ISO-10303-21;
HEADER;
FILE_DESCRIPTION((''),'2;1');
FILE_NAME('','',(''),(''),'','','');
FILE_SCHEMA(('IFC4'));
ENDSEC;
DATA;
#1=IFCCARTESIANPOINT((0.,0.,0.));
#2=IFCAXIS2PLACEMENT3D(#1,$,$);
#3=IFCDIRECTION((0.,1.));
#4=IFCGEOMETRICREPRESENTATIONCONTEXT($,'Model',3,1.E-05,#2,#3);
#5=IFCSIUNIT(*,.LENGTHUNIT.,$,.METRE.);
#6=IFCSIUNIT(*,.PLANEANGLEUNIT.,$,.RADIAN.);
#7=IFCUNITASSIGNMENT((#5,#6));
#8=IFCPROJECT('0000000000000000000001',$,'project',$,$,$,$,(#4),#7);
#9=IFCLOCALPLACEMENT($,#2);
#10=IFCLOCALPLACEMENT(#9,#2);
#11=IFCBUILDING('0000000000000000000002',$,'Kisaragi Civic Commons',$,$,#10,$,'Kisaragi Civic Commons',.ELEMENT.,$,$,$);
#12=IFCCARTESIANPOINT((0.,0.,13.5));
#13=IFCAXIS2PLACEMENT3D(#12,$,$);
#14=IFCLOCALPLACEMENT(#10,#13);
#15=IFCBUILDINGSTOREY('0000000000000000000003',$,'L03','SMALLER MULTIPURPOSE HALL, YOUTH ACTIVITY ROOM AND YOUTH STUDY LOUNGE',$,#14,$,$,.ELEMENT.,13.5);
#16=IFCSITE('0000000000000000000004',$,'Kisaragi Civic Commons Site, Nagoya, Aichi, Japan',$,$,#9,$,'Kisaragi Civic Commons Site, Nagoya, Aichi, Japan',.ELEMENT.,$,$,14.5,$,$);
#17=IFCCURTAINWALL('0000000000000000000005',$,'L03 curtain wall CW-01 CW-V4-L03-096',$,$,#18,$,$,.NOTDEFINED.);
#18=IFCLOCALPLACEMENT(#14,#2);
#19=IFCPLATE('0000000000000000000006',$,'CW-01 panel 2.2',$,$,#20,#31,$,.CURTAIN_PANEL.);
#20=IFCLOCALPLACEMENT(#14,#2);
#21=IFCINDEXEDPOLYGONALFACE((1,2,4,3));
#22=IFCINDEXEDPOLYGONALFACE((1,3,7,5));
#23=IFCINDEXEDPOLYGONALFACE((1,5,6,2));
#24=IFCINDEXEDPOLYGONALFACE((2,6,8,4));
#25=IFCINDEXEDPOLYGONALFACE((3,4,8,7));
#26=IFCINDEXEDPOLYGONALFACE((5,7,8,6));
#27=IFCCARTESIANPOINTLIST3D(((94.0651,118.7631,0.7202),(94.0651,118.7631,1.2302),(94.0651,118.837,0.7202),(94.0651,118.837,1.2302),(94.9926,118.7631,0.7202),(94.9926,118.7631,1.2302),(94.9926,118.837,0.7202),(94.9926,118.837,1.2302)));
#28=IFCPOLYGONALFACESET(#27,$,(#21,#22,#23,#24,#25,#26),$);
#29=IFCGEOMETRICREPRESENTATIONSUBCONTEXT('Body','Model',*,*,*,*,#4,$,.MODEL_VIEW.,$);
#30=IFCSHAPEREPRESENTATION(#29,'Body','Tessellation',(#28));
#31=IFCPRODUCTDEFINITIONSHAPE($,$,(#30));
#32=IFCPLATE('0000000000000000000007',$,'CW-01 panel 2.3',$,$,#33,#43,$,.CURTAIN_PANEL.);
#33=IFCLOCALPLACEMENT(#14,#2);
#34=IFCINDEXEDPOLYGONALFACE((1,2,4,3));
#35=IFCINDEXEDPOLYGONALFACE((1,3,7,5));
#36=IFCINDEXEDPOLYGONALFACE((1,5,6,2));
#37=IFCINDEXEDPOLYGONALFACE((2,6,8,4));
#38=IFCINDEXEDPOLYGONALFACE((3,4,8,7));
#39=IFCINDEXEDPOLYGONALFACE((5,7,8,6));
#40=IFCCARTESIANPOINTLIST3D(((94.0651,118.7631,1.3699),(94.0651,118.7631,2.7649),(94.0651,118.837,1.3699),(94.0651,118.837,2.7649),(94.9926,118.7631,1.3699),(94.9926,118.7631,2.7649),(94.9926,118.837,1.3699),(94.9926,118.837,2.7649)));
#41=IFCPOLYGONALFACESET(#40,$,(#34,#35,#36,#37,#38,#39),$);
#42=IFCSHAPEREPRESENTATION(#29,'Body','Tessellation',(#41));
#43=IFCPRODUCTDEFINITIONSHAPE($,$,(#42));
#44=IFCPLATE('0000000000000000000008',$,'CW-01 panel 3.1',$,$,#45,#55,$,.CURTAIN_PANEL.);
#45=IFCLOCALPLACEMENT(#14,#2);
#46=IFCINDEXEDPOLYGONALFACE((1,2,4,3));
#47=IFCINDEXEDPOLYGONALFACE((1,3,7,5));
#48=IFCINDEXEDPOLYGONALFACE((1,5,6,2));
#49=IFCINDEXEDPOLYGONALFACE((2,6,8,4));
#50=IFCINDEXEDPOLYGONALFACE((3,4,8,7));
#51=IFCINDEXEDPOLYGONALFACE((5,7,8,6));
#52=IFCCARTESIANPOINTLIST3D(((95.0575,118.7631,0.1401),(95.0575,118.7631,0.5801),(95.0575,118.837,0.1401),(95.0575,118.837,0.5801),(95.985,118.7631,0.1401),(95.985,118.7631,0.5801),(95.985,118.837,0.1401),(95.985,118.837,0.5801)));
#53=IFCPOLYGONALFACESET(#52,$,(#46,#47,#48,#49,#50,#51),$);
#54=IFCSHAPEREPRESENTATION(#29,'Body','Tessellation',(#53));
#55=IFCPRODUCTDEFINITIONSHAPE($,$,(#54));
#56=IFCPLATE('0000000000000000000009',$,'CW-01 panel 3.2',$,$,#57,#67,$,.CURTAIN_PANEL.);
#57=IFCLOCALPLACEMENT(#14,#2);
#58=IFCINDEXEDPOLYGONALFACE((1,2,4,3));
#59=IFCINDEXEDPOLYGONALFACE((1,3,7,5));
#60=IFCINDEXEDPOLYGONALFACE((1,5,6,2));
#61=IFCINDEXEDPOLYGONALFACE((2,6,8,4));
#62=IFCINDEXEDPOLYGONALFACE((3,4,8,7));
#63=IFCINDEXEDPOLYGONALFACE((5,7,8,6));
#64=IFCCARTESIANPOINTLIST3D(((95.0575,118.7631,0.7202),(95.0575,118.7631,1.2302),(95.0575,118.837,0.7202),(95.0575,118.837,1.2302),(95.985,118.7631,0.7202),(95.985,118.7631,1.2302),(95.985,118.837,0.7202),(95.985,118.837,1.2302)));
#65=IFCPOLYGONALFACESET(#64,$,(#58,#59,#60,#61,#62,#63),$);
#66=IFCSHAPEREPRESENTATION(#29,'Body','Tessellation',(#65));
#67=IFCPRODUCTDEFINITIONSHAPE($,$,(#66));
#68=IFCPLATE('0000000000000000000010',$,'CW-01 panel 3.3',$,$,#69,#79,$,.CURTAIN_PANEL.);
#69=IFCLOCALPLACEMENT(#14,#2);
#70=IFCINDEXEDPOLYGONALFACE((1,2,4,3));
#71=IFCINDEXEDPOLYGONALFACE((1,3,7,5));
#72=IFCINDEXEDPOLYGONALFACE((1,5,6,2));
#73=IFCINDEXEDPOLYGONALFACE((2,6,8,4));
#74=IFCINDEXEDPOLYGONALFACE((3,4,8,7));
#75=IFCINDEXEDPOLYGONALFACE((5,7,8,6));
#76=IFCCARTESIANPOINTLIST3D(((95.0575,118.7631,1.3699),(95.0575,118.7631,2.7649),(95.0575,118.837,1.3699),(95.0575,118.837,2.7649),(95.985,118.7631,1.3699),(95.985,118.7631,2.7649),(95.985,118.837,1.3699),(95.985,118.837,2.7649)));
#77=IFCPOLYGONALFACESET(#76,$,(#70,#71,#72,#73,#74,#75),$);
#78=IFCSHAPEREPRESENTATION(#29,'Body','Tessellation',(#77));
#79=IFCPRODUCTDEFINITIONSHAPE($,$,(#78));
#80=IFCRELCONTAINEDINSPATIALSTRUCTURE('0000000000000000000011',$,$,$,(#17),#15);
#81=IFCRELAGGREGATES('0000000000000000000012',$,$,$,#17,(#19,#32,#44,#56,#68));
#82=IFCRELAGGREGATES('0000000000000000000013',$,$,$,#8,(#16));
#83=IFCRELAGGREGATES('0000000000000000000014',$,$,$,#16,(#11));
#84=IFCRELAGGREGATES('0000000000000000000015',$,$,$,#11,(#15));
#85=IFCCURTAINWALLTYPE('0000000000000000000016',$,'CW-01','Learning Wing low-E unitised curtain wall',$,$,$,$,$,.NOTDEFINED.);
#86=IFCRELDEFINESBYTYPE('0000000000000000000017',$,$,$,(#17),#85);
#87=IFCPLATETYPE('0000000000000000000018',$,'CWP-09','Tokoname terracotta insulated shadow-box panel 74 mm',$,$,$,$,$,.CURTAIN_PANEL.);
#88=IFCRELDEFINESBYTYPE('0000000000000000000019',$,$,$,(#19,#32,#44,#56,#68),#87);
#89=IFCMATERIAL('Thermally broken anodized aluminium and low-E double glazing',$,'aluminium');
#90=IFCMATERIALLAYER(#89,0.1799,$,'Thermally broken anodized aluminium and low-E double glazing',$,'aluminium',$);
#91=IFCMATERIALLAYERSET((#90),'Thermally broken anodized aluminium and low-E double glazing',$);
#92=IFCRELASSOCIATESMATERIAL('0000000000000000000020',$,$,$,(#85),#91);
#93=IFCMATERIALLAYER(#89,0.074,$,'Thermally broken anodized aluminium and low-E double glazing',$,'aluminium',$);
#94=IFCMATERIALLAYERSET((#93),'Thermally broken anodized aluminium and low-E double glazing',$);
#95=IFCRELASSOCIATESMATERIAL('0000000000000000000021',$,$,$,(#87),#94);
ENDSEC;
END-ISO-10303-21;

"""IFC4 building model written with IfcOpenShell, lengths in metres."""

from ifc_helpers import new_model, si_unit, direction, frame, origin, origin_2d, place, context, subcontext, project, spatial, rectangle, extrude, material, layer, layer_set, type_object, element, aggregate, save


model = new_model("IFC4")

# Units and contexts
model_context = context("Model", 3, precision=1e-05, world=origin(), true_north=direction((0.0, 1.0)))
body_context = subcontext(model_context, "Body", "Model", "MODEL_VIEW")
ifc_project = project(units=[si_unit("LENGTHUNIT", "METRE"), si_unit("PLANEANGLEUNIT", "RADIAN")], contexts=[model_context])

# Site, building, storey
site_placement = place(None, origin())
site = spatial("IfcSite", under=ifc_project, at=site_placement, Name="Kisaragi Civic Commons Site, Nagoya, Aichi, Japan", LongName="Kisaragi Civic Commons Site, Nagoya, Aichi, Japan", CompositionType="ELEMENT", RefElevation=14.5)
building_placement = place(site_placement, origin())
building = spatial("IfcBuilding", under=site, at=building_placement, Name="Kisaragi Civic Commons", LongName="Kisaragi Civic Commons", CompositionType="ELEMENT")
storey_placement = place(building_placement, frame((0.0, 0.0, 13.5)))
storey = spatial("IfcBuildingStorey", under=building, at=storey_placement, Name="L03", Description="SMALLER MULTIPURPOSE HALL, YOUTH ACTIVITY ROOM AND YOUTH STUDY LOUNGE", CompositionType="ELEMENT", Elevation=13.5)

# Curtain wall, plates
ifc_material = material(Name="Thermally broken anodized aluminium and low-E double glazing", Category="aluminium")
ifc_layer_1 = layer(ifc_material, 0.1799, Name="Thermally broken anodized aluminium and low-E double glazing", Category="aluminium")
ifc_layer_set_1 = layer_set([ifc_layer_1], Name="Thermally broken anodized aluminium and low-E double glazing")
curtain_wall_type = type_object("IfcCurtainWallType", Name="CW-01", Description="Learning Wing low-E unitised curtain wall", PredefinedType="NOTDEFINED", material=ifc_layer_set_1)
curtain_wall_placement = place(storey_placement, origin())
curtain_wall = element("IfcCurtainWall", 1, at=curtain_wall_placement, inside=storey, type_object=curtain_wall_type, Name="L03 curtain wall CW-01 CW-V4-L03-096", PredefinedType="NOTDEFINED")
ifc_layer_2 = layer(ifc_material, 0.074, Name="Thermally broken anodized aluminium and low-E double glazing", Category="aluminium")
ifc_layer_set_2 = layer_set([ifc_layer_2], Name="Thermally broken anodized aluminium and low-E double glazing")
plate_type = type_object("IfcPlateType", Name="CWP-09", Description="Tokoname terracotta insulated shadow-box panel 74 mm", PredefinedType="CURTAIN_PANEL", material=ifc_layer_set_2)
plate_1_placement = place(storey_placement, frame((94.5288, 118.8, 0.7202), z_axis=(0.0, 0.0, 1.0), x_axis=(1.0, 0.0, 0.0)))
plate_1 = element("IfcPlate", 2, at=plate_1_placement, type_object=plate_type, Name="CW-01 panel 2.2", PredefinedType="CURTAIN_PANEL", context=body_context, shape_type="SweptSolid", body=[
    extrude(rectangle(XDim=0.9275, YDim=0.074, at=origin_2d()), origin(), (0.0, 0.0, 1.0), 0.51),
])
plate_2_placement = place(storey_placement, frame((94.5288, 118.8, 1.3699), z_axis=(0.0, 0.0, 1.0), x_axis=(1.0, 0.0, 0.0)))
plate_2 = element("IfcPlate", 3, at=plate_2_placement, type_object=plate_type, Name="CW-01 panel 2.3", PredefinedType="CURTAIN_PANEL", context=body_context, shape_type="SweptSolid", body=[
    extrude(rectangle(XDim=0.9275, YDim=0.074, at=origin_2d()), origin(), (0.0, 0.0, 1.0), 1.395),
])
plate_3_placement = place(storey_placement, frame((95.5212, 118.8, 0.1401), z_axis=(0.0, 0.0, 1.0), x_axis=(1.0, 0.0, 0.0)))
plate_3 = element("IfcPlate", 4, at=plate_3_placement, type_object=plate_type, Name="CW-01 panel 3.1", PredefinedType="CURTAIN_PANEL", context=body_context, shape_type="SweptSolid", body=[
    extrude(rectangle(XDim=0.9275, YDim=0.074, at=origin_2d()), origin(), (0.0, 0.0, 1.0), 0.4399),
])
plate_4_placement = place(storey_placement, frame((95.5212, 118.8, 0.7202), z_axis=(0.0, 0.0, 1.0), x_axis=(1.0, 0.0, 0.0)))
plate_4 = element("IfcPlate", 5, at=plate_4_placement, type_object=plate_type, Name="CW-01 panel 3.2", PredefinedType="CURTAIN_PANEL", context=body_context, shape_type="SweptSolid", body=[
    extrude(rectangle(XDim=0.9275, YDim=0.074, at=origin_2d()), origin(), (0.0, 0.0, 1.0), 0.51),
])
plate_5_placement = place(storey_placement, frame((95.5212, 118.8, 1.3699), z_axis=(0.0, 0.0, 1.0), x_axis=(1.0, 0.0, 0.0)))
plate_5 = element("IfcPlate", 6, at=plate_5_placement, type_object=plate_type, Name="CW-01 panel 3.3", PredefinedType="CURTAIN_PANEL", context=body_context, shape_type="SweptSolid", body=[
    extrude(rectangle(XDim=0.9275, YDim=0.074, at=origin_2d()), origin(), (0.0, 0.0, 1.0), 1.395),
])
aggregate(curtain_wall, [plate_1, plate_2, plate_3, plate_4, plate_5])

save(model, "model.ifc")
